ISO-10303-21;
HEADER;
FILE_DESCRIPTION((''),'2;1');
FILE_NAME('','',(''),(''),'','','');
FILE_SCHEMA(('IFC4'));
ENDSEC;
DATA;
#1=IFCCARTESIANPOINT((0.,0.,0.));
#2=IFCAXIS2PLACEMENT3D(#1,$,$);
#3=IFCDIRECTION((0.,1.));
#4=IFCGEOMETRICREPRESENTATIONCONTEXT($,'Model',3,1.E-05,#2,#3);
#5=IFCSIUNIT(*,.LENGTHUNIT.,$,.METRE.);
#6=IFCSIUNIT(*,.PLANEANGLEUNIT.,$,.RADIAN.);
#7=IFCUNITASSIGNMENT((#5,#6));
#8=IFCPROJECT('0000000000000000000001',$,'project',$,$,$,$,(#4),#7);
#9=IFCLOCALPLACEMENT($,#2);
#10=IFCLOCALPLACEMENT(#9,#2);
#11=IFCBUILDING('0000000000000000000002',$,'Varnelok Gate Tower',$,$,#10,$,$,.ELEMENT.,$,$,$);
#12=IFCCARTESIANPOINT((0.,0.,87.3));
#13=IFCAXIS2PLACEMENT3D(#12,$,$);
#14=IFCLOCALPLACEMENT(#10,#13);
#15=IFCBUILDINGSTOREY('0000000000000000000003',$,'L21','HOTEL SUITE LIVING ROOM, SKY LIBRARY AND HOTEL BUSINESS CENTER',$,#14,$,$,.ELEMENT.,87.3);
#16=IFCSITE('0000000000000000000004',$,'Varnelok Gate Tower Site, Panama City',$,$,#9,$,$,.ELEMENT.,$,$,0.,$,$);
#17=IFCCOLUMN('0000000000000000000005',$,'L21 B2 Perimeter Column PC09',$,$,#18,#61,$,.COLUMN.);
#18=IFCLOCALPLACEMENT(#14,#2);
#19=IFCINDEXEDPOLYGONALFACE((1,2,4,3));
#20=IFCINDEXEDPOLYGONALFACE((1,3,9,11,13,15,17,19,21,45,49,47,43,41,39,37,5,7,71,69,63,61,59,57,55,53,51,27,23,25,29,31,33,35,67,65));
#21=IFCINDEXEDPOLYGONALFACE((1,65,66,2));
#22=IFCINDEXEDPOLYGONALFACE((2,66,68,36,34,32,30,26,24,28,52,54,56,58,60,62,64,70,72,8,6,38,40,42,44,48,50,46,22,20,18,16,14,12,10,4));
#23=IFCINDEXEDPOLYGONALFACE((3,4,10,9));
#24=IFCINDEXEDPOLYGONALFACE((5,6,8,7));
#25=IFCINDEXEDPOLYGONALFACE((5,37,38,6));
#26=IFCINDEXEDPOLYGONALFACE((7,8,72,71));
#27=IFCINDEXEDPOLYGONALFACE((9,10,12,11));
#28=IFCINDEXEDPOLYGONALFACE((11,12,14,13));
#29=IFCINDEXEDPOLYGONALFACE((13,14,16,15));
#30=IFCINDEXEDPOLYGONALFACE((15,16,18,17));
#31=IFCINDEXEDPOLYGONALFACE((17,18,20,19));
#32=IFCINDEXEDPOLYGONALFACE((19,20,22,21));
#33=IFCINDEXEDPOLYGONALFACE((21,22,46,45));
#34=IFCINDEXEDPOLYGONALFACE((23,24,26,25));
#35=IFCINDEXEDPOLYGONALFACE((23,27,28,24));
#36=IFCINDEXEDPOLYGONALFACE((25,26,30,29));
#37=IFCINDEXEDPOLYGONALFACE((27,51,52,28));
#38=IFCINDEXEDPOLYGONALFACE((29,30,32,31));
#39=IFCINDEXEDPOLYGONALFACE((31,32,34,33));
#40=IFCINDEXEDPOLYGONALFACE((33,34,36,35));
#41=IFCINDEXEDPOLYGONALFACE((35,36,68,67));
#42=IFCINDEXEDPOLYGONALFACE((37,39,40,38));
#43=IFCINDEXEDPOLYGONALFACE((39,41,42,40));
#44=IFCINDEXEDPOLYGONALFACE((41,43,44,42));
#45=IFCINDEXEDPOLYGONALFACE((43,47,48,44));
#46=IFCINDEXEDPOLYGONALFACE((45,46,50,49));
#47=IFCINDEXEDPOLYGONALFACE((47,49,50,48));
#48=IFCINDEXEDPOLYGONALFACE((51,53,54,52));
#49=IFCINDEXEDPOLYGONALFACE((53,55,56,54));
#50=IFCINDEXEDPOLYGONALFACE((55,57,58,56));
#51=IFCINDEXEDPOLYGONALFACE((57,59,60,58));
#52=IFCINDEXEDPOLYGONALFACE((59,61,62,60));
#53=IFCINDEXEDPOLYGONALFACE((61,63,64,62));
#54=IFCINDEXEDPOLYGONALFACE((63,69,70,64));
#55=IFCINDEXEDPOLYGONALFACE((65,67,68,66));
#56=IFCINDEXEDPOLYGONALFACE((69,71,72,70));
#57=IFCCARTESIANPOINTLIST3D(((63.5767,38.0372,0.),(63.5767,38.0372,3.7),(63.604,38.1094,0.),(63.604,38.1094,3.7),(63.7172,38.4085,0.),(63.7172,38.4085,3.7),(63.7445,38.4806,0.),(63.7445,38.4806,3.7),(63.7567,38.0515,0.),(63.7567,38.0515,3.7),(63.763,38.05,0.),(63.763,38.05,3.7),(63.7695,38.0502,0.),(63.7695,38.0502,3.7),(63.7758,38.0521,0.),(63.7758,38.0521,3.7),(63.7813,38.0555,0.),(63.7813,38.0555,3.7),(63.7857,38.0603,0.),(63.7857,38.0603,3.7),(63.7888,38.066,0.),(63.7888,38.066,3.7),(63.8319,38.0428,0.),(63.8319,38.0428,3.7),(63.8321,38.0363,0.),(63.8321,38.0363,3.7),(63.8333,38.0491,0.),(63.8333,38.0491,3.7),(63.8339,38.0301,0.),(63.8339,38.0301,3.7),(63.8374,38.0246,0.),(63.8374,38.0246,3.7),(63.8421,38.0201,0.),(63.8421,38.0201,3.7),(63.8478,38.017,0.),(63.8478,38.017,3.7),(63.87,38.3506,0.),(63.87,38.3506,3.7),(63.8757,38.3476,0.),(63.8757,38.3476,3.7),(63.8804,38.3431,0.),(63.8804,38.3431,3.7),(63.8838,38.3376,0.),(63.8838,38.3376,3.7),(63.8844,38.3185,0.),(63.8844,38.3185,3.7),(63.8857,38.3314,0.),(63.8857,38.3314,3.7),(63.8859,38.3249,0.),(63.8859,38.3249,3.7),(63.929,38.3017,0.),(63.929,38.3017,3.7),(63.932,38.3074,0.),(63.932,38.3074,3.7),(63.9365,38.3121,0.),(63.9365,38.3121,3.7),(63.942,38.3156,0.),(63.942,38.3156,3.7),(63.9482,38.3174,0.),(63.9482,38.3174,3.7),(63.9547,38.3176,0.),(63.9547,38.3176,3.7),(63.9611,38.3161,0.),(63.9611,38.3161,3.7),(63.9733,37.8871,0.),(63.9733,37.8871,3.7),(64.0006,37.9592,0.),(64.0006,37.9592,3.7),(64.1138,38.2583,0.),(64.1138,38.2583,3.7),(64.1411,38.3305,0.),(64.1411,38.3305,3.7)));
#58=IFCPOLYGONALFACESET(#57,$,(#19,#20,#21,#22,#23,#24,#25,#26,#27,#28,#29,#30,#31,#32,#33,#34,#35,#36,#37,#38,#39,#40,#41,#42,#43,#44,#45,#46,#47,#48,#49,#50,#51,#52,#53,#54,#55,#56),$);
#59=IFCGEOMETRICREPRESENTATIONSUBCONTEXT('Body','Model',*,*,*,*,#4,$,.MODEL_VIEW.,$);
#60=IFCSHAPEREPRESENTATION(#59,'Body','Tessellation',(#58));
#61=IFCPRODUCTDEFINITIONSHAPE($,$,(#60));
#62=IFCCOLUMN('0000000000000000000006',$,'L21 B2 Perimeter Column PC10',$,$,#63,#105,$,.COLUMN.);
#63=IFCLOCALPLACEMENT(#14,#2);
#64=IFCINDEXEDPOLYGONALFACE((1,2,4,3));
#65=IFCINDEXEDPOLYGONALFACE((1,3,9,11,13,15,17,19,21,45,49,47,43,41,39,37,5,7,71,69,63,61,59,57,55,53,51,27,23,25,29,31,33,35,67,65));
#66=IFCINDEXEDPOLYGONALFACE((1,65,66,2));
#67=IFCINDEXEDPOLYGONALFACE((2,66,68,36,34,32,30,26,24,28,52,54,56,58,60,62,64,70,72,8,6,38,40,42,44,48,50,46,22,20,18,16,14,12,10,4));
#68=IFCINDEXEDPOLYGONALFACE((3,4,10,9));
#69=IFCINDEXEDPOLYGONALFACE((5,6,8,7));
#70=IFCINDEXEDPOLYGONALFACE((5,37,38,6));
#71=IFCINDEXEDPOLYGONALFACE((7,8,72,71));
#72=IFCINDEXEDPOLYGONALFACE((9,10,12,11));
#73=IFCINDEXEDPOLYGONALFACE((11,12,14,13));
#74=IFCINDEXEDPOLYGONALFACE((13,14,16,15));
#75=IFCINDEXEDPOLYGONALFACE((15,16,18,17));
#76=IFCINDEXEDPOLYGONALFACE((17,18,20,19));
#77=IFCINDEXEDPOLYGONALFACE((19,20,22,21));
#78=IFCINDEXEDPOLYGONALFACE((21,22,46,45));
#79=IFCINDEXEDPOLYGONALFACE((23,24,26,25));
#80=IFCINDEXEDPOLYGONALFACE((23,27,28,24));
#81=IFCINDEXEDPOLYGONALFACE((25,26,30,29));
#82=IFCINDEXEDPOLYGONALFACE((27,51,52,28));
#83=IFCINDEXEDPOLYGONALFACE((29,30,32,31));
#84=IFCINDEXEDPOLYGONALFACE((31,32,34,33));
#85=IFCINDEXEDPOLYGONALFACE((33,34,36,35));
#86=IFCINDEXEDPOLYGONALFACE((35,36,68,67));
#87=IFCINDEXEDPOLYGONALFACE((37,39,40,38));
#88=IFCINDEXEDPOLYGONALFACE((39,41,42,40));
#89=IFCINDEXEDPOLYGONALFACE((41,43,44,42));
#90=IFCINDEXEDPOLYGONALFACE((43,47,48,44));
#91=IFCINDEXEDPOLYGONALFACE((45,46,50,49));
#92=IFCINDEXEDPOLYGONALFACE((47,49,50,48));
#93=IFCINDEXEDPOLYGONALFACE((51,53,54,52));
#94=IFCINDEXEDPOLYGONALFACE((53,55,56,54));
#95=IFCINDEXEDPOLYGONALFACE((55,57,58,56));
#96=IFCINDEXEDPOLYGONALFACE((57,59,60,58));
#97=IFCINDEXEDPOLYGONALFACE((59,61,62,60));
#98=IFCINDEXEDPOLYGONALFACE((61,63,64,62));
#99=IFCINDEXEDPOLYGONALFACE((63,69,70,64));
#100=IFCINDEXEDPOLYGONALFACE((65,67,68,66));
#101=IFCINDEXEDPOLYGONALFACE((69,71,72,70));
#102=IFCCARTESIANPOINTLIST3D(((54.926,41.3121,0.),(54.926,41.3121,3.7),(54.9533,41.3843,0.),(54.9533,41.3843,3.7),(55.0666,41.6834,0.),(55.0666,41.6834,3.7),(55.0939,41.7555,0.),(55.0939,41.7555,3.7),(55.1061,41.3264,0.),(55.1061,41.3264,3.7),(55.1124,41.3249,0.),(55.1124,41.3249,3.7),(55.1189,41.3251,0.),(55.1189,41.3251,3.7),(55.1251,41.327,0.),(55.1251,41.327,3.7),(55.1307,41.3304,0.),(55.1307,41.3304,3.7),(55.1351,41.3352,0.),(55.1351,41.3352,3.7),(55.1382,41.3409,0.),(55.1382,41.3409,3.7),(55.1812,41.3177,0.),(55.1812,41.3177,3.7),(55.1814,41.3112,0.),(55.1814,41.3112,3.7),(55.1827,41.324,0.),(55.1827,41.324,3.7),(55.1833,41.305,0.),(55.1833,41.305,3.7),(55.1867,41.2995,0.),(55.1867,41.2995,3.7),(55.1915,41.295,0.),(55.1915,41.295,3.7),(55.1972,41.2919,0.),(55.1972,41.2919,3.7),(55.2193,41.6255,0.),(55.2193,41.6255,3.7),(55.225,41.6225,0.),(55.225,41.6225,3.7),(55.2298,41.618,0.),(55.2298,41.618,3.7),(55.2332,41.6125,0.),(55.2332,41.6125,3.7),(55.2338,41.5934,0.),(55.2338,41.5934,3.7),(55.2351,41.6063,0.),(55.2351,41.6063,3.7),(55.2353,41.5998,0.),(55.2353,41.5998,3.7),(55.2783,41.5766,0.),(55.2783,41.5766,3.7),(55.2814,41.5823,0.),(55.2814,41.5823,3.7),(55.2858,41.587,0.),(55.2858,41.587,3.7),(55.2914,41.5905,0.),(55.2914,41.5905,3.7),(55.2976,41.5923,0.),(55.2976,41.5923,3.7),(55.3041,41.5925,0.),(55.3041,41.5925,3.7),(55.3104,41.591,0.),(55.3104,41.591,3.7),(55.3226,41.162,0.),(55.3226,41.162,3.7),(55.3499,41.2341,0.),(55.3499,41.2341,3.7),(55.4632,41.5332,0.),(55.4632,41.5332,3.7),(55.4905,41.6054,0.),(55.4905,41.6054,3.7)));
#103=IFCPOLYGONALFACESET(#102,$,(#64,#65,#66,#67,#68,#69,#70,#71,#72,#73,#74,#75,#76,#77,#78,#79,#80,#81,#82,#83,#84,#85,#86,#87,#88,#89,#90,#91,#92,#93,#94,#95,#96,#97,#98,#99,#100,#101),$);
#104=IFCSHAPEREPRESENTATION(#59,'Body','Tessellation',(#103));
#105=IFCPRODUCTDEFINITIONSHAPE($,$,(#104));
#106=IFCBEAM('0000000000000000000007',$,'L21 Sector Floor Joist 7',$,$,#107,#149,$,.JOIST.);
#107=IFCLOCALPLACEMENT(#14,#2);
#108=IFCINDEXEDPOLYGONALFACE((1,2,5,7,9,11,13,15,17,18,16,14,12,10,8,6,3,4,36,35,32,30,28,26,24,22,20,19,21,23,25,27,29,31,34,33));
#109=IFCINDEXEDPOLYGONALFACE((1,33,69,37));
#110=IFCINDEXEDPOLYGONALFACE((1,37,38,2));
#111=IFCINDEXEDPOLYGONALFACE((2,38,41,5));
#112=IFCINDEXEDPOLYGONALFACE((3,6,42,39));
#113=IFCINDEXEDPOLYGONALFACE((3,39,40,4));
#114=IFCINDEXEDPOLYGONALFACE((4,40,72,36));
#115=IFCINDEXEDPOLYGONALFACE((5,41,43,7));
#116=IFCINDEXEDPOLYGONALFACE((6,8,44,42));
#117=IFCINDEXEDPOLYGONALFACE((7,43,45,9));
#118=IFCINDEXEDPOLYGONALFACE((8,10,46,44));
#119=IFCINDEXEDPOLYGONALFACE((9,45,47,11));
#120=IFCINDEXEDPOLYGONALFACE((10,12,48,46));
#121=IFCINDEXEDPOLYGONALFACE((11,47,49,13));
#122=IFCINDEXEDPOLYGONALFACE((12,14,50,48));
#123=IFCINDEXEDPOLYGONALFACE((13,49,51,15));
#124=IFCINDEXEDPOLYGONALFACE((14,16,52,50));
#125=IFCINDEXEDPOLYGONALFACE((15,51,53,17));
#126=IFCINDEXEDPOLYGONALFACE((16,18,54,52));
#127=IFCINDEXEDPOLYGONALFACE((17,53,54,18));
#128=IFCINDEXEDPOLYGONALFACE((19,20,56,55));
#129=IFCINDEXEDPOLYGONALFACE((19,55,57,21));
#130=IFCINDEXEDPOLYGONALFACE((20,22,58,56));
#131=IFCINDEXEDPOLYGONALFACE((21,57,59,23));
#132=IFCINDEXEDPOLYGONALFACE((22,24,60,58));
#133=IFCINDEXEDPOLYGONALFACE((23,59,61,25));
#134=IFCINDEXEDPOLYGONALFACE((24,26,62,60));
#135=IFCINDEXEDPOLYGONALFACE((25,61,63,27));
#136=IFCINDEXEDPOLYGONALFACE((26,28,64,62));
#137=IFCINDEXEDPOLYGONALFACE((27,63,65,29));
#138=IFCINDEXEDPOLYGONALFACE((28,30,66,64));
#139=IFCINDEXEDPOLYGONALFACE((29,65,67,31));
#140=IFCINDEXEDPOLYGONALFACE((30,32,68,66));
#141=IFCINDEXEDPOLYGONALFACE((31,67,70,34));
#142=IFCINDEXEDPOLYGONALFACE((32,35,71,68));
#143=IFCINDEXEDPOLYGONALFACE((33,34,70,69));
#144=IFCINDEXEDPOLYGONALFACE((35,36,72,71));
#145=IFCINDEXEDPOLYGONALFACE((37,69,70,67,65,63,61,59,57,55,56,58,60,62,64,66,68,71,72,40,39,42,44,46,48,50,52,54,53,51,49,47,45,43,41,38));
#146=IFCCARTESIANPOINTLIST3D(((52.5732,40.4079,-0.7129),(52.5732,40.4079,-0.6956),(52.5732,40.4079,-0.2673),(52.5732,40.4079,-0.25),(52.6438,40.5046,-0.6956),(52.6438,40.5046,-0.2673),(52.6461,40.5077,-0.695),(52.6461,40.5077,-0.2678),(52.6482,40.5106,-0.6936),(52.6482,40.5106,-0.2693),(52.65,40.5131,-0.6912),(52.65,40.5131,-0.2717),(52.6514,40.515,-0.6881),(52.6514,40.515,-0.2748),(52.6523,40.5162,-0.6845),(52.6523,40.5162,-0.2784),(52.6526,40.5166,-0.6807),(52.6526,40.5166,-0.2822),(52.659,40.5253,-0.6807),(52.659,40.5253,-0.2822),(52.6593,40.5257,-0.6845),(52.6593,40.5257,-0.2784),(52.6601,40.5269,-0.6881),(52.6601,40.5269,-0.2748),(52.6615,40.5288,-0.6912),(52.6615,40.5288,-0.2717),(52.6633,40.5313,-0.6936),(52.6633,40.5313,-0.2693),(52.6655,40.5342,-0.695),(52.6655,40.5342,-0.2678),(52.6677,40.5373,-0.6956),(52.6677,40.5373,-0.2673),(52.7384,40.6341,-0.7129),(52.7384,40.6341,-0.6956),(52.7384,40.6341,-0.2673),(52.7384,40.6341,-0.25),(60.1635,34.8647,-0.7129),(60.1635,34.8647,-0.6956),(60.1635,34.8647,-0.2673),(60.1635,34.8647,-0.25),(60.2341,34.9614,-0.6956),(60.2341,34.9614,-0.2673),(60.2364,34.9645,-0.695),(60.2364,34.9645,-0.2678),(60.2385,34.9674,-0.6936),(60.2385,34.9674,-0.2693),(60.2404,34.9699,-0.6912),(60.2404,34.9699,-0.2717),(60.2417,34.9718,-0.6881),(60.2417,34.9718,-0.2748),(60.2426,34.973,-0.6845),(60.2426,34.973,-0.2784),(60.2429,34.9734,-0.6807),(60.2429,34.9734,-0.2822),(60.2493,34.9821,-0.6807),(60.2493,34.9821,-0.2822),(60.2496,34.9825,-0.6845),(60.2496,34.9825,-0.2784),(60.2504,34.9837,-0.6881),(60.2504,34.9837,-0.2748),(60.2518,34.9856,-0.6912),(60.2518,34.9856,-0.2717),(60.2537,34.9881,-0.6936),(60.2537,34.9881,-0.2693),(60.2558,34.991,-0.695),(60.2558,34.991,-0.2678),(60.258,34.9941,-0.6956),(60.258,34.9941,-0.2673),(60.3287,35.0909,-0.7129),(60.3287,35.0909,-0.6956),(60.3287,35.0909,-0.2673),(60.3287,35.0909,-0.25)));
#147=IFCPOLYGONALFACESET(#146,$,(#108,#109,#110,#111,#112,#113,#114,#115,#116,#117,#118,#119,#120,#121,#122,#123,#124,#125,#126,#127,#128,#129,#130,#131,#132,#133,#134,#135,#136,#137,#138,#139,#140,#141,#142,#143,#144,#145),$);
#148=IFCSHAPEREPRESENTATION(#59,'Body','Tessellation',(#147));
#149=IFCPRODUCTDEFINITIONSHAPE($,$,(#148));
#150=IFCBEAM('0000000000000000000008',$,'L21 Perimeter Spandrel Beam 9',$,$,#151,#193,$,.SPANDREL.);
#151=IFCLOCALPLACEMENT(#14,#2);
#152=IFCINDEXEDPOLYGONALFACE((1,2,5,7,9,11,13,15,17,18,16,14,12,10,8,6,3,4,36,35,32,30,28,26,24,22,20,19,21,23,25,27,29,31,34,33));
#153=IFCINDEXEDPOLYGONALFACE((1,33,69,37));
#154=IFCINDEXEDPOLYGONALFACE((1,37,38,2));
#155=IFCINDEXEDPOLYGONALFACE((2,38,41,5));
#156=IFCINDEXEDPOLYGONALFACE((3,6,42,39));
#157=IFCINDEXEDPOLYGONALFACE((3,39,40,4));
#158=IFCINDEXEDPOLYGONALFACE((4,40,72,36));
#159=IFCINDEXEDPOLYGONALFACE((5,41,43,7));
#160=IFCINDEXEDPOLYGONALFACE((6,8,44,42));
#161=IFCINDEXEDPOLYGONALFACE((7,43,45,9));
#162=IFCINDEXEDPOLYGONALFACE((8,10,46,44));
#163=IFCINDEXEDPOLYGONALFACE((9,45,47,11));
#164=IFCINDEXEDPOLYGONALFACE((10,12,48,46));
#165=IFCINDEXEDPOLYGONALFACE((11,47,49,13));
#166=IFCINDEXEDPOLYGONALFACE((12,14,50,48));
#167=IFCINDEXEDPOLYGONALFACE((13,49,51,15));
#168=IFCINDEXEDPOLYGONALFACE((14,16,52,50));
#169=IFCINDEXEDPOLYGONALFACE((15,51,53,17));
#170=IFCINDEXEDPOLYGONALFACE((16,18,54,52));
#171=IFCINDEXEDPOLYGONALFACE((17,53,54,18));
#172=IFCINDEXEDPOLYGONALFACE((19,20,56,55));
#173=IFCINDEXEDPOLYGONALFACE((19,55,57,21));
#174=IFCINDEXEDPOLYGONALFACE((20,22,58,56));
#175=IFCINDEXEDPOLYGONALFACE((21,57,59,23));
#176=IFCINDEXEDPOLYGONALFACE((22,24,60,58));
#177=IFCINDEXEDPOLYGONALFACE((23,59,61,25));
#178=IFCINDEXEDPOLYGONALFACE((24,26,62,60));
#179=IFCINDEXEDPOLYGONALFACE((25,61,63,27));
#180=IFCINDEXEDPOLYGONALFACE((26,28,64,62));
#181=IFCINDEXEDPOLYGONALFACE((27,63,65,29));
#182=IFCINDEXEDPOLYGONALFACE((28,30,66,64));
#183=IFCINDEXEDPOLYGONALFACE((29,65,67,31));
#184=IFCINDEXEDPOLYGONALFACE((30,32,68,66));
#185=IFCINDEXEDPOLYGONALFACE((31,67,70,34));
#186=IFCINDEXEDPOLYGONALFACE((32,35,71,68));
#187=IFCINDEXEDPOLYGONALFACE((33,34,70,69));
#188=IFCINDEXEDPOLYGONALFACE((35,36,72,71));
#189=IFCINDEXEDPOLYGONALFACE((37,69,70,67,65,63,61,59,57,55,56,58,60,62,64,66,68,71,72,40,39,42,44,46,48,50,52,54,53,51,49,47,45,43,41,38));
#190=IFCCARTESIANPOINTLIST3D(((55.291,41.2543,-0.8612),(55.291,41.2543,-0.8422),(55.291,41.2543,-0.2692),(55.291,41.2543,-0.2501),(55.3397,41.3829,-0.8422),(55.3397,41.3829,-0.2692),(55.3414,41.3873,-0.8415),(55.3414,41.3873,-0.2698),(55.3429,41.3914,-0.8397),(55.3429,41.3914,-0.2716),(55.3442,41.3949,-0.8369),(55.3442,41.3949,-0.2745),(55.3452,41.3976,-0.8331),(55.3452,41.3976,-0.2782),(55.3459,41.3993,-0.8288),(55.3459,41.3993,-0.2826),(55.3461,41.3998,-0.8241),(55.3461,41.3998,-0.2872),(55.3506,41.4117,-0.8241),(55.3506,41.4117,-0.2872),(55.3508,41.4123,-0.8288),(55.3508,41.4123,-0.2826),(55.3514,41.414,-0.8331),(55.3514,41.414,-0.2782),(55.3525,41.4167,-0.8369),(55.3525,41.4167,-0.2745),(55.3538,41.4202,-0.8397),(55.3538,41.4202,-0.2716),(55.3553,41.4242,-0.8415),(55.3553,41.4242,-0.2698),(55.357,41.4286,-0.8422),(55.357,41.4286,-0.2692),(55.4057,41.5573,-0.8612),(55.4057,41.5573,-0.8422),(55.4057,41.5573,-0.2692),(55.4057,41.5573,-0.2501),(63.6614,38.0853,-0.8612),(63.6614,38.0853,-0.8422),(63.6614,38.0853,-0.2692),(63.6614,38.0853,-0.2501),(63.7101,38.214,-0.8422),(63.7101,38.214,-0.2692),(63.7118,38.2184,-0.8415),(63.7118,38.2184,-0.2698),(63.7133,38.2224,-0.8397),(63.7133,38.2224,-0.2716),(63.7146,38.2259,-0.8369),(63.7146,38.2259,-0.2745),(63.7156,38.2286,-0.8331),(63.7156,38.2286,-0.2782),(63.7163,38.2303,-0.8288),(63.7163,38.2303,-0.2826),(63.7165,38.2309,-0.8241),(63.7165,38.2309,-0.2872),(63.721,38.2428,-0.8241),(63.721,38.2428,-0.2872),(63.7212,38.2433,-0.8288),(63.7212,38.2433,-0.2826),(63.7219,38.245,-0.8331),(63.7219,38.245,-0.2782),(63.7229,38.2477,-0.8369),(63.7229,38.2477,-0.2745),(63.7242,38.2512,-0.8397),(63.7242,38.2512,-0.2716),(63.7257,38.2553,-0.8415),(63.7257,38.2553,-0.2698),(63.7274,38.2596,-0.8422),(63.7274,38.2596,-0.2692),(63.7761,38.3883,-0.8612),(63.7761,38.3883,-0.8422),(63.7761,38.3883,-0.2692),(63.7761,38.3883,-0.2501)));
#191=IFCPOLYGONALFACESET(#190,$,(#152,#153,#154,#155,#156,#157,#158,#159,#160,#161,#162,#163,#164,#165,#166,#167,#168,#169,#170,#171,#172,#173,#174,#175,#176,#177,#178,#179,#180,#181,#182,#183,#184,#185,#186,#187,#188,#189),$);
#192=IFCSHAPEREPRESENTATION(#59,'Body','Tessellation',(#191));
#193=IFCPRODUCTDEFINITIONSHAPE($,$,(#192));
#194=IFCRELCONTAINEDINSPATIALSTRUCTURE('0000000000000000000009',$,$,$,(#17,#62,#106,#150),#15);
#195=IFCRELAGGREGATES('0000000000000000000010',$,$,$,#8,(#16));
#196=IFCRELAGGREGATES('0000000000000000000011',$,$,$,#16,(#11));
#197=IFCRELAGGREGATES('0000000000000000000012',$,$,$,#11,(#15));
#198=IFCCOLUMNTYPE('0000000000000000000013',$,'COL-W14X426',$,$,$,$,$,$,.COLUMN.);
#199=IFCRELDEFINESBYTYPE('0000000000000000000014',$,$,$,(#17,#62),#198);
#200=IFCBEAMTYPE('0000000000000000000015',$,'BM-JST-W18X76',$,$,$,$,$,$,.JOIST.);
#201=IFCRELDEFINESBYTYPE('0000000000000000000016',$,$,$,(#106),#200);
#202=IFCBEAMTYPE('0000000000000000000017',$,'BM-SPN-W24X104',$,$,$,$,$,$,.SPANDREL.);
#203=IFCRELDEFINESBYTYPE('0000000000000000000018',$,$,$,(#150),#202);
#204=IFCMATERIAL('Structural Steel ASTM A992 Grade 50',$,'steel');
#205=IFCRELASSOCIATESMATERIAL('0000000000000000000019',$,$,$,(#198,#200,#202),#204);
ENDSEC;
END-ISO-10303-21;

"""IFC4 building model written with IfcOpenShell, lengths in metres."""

from ifc_helpers import new_model, si_unit, direction, frame, origin, origin_2d, place, context, subcontext, project, spatial, i_section, extrude, material, material_profile, profile_set, type_object, element, save


model = new_model("IFC4")

# Units and contexts
model_context = context("Model", 3, precision=1e-05, world=origin(), true_north=direction((0.0, 1.0)))
body_context = subcontext(model_context, "Body", "Model", "MODEL_VIEW")
ifc_project = project(units=[si_unit("LENGTHUNIT", "METRE"), si_unit("PLANEANGLEUNIT", "RADIAN")], contexts=[model_context])

# Site, building, storey
site_placement = place(None, origin())
site = spatial("IfcSite", under=ifc_project, at=site_placement, Name="Varnelok Gate Tower Site, Panama City", CompositionType="ELEMENT", RefElevation=0.0)
building_placement = place(site_placement, origin())
building = spatial("IfcBuilding", under=site, at=building_placement, Name="Varnelok Gate Tower", CompositionType="ELEMENT")
storey_placement = place(building_placement, frame((0.0, 0.0, 87.3)))
storey = spatial("IfcBuildingStorey", under=building, at=storey_placement, Name="L21", Description="HOTEL SUITE LIVING ROOM, SKY LIBRARY AND HOTEL BUSINESS CENTER", CompositionType="ELEMENT", Elevation=87.3)

# Columns
ifc_material_1 = material(Name="Structural Steel ASTM A992 Grade 50", Category="steel")
ifc_material_profile_1 = material_profile(ifc_material_1, i_section(OverallWidth=0.4241, OverallDepth=0.4741, WebThickness=0.0476, FlangeThickness=0.0771, FilletRadius=0.0249, at=origin_2d()), Name="W14X426")
ifc_profile_set_1 = profile_set([ifc_material_profile_1], Name="Structural Steel ASTM A992 Grade 50")
column_type = type_object("IfcColumnType", Name="COL-W14X426", PredefinedType="COLUMN", material=ifc_profile_set_1)
for number, where, z_axis, x_axis, name in (
    (1, (63.8589, 38.1838, 0.0), (0.0, 0.0, 1.0), (0.935222, -0.354063, 0.0), "L21 B2 Perimeter Column PC09"),
    (2, (55.2083, 41.4587, 0.0), (0.0, 0.0, 1.0), (0.935222, -0.354063, 0.0), "L21 B2 Perimeter Column PC10"),
):
    element("IfcColumn", number, at=place(storey_placement, frame(where, z_axis=z_axis, x_axis=x_axis)), inside=storey, type_object=column_type, Name=name, PredefinedType="COLUMN", context=body_context, shape_type="SweptSolid", body=[
        extrude(i_section(OverallWidth=0.4241, OverallDepth=0.4741, WebThickness=0.0476, FlangeThickness=0.0771, FilletRadius=0.0249, at=origin_2d()), origin(), (0.0, 0.0, 1.0), 3.7),
    ])

# Beams
ifc_material_profile_2 = material_profile(ifc_material_1, i_section(OverallWidth=0.28, OverallDepth=0.4629, WebThickness=0.0107, FlangeThickness=0.0173, FilletRadius=0.0149, at=origin_2d()), Name="W18X76")
ifc_profile_set_2 = profile_set([ifc_material_profile_2], Name="Structural Steel ASTM A992 Grade 50")
beam_type_1 = type_object("IfcBeamType", Name="BM-JST-W18X76", PredefinedType="JOIST", material=ifc_profile_set_2)
beam_1_placement = place(storey_placement, frame((60.2461, 34.9778, -0.4814), z_axis=(-0.807572, 0.589769, 0.0), x_axis=(-0.589769, -0.807572, 0.0)))
element("IfcBeam", 3, at=beam_1_placement, inside=storey, type_object=beam_type_1, Name="L21 Sector Floor Joist 7", PredefinedType="JOIST", context=body_context, shape_type="SweptSolid", body=[
    extrude(i_section(OverallWidth=0.28, OverallDepth=0.4629, WebThickness=0.0107, FlangeThickness=0.0173, FilletRadius=0.0149, at=origin_2d()), origin(), (0.0, 0.0, 1.0), 9.3989),
])
ifc_material_profile_3 = material_profile(ifc_material_1, i_section(OverallWidth=0.324, OverallDepth=0.6111, WebThickness=0.0127, FlangeThickness=0.019, FilletRadius=0.0181, at=origin_2d()), Name="W24X104")
ifc_profile_set_3 = profile_set([ifc_material_profile_3], Name="Structural Steel ASTM A992 Grade 50")
beam_type_2 = type_object("IfcBeamType", Name="BM-SPN-W24X104", PredefinedType="SPANDREL", material=ifc_profile_set_3)
beam_2_placement = place(storey_placement, frame((63.7188, 38.2368, -0.5557), z_axis=(-0.93522, 0.354066, 0.0), x_axis=(-0.354066, -0.93522, 0.0)))
element("IfcBeam", 4, at=beam_2_placement, inside=storey, type_object=beam_type_2, Name="L21 Perimeter Spandrel Beam 9", PredefinedType="SPANDREL", context=body_context, shape_type="SweptSolid", body=[
    extrude(i_section(OverallWidth=0.324, OverallDepth=0.6111, WebThickness=0.0127, FlangeThickness=0.019, FilletRadius=0.0181, at=origin_2d()), origin(), (0.0, 0.0, 1.0), 8.9502),
])

save(model, "model.ifc")
